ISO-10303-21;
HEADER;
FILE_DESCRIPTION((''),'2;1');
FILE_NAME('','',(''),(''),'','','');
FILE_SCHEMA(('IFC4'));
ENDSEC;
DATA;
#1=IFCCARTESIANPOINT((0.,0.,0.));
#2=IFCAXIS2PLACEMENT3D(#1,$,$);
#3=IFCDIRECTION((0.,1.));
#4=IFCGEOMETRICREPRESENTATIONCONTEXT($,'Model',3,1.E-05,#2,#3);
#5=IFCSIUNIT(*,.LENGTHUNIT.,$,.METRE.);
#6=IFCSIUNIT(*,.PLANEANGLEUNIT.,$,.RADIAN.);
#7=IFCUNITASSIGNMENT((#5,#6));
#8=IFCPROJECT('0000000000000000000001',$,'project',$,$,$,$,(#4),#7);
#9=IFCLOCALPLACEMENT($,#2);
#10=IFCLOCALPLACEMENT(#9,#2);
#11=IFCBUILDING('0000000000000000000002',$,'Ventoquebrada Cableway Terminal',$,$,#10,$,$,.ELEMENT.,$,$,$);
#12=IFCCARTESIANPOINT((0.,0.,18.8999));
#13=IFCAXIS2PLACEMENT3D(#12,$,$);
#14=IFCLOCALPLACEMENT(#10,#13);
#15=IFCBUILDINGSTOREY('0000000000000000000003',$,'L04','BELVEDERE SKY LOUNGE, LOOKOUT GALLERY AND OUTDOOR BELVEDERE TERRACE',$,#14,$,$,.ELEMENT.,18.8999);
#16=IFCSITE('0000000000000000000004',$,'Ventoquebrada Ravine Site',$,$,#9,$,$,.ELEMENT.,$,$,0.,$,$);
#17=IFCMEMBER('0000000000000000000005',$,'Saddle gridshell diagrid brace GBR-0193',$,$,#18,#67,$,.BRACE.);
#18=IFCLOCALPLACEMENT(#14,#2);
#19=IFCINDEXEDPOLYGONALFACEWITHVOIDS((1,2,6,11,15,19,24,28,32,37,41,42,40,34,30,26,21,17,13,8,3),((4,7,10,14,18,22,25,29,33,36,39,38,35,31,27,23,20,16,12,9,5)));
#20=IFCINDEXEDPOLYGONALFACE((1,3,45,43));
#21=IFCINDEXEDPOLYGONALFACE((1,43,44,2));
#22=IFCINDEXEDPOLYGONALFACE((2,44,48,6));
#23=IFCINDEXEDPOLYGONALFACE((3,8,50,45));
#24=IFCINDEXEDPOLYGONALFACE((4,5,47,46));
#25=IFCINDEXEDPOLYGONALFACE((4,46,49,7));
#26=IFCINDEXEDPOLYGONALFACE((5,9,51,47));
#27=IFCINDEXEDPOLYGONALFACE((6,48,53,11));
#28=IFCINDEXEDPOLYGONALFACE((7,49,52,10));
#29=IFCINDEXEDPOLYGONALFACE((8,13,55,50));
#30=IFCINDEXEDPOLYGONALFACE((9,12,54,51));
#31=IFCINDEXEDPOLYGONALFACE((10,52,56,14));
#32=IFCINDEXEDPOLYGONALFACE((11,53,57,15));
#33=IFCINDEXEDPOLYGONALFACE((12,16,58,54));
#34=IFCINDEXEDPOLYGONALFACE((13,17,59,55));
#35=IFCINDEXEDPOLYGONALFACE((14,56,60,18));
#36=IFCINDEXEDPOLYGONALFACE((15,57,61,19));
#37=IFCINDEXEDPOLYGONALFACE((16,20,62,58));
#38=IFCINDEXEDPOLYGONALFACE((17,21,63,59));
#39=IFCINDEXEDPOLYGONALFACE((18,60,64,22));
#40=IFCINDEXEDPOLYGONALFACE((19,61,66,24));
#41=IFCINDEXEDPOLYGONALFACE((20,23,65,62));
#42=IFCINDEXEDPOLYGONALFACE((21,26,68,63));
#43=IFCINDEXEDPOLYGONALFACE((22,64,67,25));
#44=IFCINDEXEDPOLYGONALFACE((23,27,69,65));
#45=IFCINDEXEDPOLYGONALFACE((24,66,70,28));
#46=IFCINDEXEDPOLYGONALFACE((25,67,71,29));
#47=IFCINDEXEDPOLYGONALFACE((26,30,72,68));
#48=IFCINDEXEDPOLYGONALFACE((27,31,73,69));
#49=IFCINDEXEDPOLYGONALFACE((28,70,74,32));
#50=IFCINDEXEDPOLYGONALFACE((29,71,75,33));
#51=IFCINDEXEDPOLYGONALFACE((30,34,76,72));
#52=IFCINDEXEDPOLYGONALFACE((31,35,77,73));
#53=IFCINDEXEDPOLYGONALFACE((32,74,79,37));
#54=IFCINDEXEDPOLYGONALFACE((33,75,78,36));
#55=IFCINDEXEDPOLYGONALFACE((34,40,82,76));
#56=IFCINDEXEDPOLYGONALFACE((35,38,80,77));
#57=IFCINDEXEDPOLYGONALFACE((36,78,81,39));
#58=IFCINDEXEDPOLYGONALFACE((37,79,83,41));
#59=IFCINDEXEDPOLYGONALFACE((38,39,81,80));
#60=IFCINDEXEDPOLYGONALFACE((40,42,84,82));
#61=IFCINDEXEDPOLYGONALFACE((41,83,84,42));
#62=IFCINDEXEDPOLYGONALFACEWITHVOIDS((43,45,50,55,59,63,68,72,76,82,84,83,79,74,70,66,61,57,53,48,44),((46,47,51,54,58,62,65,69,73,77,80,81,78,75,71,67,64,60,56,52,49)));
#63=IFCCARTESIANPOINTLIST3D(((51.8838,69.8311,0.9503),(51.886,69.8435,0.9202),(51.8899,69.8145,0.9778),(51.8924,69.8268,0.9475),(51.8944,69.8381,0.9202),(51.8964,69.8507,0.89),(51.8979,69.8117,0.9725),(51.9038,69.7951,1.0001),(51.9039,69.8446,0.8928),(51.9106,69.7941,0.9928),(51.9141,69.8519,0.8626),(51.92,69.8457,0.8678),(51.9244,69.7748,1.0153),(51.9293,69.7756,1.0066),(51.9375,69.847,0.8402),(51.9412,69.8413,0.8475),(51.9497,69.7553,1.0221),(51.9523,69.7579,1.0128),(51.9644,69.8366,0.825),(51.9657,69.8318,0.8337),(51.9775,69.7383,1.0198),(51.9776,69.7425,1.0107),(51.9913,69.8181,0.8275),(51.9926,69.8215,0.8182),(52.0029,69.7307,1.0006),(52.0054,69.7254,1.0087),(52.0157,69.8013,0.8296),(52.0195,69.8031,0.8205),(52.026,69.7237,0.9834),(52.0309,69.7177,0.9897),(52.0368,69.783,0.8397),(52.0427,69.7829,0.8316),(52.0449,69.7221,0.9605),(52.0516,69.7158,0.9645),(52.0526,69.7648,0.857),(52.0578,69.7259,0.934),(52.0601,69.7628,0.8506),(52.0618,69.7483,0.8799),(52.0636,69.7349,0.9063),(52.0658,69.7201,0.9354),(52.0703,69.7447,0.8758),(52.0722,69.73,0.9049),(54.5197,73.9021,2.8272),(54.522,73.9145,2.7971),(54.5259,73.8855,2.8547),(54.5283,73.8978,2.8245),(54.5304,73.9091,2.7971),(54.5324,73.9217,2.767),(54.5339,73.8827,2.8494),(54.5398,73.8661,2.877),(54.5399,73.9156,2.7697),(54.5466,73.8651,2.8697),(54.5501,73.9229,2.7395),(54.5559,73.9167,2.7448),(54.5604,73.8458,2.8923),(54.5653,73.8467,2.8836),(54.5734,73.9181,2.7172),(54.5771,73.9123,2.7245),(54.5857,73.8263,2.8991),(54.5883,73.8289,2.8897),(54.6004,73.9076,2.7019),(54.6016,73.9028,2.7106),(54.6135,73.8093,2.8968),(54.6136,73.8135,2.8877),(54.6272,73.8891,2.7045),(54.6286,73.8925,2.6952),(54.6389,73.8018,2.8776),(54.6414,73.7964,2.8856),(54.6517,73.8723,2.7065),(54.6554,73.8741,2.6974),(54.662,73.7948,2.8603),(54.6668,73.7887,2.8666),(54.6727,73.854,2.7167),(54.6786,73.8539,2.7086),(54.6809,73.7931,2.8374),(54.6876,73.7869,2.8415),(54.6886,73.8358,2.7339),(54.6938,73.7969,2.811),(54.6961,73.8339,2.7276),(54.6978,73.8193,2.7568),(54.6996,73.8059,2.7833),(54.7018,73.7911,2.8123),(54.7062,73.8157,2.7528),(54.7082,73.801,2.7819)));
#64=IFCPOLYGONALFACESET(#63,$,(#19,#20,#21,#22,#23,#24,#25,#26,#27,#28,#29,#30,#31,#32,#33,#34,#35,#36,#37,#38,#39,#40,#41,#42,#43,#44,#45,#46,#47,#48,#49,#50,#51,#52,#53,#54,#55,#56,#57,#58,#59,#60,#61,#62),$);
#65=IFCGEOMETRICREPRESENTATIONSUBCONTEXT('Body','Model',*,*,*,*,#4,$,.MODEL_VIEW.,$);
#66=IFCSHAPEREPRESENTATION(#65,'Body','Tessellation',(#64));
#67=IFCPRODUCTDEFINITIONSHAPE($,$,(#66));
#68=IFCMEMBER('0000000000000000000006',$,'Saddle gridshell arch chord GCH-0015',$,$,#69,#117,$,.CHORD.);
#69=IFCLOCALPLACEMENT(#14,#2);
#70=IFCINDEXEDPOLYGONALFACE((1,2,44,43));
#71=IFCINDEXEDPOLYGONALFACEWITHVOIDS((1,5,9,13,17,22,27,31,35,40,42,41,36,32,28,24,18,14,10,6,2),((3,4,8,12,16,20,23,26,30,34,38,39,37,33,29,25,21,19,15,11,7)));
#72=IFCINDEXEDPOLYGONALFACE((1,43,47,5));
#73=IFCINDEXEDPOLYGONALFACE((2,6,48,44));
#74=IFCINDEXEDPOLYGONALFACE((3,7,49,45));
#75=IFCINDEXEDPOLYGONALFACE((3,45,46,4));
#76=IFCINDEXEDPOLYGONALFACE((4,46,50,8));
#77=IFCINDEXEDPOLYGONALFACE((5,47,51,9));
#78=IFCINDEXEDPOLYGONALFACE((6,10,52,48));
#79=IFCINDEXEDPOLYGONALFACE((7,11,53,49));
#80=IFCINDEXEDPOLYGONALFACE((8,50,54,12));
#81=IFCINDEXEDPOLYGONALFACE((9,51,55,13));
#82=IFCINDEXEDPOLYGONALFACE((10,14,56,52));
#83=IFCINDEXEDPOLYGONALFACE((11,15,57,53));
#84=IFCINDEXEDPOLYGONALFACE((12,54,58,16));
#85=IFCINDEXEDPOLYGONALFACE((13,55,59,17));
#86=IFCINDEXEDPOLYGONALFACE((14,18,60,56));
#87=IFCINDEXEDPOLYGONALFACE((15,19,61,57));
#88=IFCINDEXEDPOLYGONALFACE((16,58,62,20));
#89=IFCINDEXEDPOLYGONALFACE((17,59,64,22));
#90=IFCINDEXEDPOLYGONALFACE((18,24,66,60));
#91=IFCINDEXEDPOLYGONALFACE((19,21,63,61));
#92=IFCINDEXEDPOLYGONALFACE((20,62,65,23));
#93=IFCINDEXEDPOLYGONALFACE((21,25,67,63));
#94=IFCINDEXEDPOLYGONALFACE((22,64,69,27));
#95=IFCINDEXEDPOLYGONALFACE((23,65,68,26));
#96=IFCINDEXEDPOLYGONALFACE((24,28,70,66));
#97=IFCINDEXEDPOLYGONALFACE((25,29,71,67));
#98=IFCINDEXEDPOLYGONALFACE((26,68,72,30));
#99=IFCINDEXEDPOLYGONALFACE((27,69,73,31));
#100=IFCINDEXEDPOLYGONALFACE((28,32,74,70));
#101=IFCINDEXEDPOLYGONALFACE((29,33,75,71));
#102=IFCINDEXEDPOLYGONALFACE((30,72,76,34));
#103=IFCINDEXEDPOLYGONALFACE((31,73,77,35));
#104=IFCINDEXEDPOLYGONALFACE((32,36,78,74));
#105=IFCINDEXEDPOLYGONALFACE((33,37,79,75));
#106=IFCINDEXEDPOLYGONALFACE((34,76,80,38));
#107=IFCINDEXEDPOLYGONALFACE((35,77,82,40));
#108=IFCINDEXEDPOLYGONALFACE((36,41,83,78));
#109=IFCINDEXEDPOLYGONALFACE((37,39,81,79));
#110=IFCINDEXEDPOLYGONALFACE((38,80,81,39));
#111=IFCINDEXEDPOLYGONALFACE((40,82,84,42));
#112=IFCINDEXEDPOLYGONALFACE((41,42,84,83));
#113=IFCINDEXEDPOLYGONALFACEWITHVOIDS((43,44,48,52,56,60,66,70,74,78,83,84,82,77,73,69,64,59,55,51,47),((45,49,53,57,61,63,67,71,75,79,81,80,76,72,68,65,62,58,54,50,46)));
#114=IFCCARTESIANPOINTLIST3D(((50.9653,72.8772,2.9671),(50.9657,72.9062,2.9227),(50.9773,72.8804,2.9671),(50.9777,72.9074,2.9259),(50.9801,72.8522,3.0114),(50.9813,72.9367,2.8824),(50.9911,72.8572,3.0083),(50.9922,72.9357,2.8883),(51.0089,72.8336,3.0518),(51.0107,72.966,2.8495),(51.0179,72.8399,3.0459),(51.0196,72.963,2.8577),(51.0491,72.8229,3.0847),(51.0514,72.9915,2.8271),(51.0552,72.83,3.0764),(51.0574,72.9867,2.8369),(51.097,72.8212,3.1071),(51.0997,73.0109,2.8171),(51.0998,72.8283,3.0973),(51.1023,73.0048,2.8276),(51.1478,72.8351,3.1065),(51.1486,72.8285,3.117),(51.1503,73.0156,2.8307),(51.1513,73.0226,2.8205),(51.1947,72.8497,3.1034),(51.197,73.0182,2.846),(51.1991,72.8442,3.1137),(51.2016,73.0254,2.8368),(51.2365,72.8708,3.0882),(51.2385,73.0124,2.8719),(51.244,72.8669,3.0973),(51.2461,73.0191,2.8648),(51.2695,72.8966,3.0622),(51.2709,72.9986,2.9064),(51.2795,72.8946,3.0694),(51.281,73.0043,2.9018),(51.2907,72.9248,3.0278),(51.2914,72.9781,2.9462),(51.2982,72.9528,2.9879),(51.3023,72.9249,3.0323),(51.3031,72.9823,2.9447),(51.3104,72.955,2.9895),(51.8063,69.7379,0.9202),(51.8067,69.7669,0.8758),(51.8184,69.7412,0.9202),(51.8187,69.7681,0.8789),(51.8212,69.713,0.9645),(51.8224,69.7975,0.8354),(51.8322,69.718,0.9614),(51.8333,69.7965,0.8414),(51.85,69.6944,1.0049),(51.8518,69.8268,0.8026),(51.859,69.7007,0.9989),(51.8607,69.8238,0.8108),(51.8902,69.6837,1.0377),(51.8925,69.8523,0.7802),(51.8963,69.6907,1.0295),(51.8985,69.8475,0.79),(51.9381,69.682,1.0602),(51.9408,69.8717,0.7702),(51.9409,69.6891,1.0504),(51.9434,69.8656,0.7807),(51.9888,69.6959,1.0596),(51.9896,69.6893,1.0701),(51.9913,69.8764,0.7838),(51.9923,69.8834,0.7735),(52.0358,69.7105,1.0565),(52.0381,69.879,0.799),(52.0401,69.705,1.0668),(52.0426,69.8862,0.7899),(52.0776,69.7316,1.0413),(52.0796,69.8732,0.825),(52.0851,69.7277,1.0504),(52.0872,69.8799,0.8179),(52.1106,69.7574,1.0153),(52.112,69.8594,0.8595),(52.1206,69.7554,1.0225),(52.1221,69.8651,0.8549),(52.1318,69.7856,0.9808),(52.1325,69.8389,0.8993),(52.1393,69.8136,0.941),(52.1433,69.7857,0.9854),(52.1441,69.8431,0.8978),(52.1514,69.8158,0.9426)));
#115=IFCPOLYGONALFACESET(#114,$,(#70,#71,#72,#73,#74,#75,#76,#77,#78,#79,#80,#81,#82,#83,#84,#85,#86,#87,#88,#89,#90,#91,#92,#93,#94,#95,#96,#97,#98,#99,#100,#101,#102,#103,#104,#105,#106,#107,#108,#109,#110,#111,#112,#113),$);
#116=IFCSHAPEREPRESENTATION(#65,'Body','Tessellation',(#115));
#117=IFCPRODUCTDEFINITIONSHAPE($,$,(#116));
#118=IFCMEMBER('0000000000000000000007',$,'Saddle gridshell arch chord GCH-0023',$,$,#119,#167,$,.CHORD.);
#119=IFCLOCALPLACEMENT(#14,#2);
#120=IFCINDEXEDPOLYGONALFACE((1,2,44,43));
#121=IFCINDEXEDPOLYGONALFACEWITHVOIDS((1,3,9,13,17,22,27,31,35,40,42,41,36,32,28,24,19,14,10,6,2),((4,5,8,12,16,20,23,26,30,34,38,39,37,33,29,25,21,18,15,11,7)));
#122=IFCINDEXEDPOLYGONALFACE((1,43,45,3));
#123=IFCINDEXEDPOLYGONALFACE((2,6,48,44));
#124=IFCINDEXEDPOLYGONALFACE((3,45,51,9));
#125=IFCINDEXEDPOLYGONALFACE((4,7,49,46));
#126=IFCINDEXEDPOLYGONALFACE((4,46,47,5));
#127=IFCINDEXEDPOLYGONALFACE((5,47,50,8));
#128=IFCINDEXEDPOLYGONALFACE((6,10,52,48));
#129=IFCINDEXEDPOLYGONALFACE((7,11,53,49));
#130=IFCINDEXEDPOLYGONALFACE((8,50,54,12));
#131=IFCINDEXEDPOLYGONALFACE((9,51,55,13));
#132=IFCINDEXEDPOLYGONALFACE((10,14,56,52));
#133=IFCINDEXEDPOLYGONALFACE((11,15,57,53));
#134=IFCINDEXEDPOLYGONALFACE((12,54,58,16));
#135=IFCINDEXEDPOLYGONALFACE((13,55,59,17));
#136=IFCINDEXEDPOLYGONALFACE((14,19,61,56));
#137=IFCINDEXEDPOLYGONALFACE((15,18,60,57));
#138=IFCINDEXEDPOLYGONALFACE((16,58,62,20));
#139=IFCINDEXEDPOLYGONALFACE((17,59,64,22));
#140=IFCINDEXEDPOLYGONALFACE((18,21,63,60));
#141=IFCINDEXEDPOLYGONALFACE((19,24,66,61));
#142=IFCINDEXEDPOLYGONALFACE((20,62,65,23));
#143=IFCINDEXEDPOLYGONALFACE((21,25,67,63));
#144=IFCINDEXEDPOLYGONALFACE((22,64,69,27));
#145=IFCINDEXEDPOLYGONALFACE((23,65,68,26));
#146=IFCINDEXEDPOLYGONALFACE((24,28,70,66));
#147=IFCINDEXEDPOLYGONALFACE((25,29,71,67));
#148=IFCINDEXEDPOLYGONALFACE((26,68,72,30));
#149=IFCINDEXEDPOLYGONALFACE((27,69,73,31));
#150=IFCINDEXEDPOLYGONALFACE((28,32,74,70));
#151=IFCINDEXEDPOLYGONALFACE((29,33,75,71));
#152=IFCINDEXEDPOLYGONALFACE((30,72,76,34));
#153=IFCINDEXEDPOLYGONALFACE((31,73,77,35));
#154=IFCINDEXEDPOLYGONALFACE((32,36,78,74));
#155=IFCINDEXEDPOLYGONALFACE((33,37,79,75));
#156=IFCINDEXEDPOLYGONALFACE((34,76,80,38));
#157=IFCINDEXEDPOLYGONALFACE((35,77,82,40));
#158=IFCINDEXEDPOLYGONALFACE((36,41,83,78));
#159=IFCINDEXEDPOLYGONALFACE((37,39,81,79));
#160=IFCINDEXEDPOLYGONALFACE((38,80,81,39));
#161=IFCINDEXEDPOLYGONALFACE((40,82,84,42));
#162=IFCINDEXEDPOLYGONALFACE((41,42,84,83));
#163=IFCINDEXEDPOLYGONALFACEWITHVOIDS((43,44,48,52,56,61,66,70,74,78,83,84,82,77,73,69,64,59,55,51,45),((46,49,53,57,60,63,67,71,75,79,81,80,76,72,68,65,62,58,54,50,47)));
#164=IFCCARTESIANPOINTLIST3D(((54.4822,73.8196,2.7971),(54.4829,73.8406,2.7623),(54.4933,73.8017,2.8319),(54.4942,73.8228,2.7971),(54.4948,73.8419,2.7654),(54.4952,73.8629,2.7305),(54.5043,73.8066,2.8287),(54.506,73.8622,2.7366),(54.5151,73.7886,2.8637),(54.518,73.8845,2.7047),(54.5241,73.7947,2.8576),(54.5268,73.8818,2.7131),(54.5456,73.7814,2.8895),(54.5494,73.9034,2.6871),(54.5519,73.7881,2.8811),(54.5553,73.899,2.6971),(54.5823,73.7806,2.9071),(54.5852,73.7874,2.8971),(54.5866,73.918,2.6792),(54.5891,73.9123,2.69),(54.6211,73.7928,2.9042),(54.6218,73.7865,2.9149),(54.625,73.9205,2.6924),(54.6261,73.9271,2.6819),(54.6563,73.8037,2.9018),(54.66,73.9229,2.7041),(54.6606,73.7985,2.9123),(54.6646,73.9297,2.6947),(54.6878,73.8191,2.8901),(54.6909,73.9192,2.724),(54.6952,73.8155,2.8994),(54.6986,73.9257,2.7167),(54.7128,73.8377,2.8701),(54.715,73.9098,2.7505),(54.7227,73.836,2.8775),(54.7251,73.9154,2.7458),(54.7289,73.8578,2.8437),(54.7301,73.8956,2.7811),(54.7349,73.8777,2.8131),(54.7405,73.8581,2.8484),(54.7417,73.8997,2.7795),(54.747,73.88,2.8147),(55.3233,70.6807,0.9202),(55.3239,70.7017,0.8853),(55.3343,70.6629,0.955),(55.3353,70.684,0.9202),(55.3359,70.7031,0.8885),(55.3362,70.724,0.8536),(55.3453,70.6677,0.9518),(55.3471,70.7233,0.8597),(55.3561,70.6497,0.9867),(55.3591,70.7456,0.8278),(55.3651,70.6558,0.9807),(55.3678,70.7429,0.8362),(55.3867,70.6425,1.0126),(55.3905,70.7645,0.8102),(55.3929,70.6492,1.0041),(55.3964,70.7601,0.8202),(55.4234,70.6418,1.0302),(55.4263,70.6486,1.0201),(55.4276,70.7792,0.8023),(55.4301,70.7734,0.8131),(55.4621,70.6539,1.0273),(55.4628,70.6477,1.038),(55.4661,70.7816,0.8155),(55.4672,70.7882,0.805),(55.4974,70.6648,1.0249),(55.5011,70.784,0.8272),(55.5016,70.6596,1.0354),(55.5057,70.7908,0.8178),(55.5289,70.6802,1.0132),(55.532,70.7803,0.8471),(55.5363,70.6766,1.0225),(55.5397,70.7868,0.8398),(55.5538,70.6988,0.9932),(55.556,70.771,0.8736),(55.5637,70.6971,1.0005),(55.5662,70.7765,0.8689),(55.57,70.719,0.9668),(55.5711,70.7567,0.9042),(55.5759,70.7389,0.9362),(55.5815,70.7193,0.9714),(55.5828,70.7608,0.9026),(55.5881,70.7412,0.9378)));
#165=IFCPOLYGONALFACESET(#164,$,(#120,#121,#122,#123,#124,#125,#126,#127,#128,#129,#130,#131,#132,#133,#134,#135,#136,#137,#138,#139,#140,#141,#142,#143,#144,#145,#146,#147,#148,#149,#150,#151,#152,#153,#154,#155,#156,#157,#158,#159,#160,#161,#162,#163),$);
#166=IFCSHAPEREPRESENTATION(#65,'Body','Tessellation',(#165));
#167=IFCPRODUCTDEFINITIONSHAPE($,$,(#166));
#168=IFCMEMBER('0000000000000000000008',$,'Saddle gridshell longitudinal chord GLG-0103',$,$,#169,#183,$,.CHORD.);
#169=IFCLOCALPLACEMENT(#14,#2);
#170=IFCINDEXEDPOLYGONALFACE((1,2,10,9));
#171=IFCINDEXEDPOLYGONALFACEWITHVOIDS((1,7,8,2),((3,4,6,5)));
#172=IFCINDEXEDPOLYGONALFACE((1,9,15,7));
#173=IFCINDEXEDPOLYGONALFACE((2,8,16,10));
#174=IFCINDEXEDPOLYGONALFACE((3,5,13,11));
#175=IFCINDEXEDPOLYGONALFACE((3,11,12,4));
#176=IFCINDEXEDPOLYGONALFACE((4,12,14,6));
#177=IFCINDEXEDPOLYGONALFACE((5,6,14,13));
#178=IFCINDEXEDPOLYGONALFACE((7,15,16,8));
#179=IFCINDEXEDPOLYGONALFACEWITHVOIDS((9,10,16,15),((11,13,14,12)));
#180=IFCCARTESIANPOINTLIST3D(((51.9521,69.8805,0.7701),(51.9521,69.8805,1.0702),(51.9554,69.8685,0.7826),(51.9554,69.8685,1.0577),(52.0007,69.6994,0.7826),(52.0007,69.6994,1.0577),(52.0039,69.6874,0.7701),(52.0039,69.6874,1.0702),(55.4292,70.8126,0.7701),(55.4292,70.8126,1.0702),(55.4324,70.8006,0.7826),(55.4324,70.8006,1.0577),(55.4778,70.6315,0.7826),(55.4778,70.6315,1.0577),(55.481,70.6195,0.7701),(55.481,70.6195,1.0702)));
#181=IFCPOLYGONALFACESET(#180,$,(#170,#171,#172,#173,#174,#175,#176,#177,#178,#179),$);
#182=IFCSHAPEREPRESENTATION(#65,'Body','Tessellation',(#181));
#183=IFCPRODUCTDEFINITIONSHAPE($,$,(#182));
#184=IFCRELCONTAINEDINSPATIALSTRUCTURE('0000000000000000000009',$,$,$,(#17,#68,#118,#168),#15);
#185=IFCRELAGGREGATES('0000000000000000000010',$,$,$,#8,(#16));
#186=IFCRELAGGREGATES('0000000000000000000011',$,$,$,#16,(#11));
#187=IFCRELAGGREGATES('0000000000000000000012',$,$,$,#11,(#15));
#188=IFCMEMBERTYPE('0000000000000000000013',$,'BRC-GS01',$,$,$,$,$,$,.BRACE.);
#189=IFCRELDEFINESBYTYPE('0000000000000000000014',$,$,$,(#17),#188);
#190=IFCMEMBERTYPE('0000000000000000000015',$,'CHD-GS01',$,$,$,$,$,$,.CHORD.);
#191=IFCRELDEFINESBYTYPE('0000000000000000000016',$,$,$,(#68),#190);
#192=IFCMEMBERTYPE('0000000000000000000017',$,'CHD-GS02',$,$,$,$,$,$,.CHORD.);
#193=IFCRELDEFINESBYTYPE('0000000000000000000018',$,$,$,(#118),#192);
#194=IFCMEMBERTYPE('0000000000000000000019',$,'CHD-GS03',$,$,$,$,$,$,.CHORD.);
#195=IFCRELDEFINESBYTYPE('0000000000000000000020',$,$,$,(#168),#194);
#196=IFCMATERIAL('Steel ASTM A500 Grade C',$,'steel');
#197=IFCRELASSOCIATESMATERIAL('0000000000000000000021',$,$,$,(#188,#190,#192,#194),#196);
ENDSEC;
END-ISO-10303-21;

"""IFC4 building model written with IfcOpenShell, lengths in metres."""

from ifc_helpers import new_model, si_unit, direction, frame, origin, origin_2d, place, context, subcontext, project, spatial, hollow_rectangle, hollow_circle, extrude, material, material_profile, profile_set, type_object, element, save


model = new_model("IFC4")

# Units and contexts
model_context = context("Model", 3, precision=1e-05, world=origin(), true_north=direction((0.0, 1.0)))
body_context = subcontext(model_context, "Body", "Model", "MODEL_VIEW")
ifc_project = project(units=[si_unit("LENGTHUNIT", "METRE"), si_unit("PLANEANGLEUNIT", "RADIAN")], contexts=[model_context])

# Site, building, storey
site_placement = place(None, origin())
site = spatial("IfcSite", under=ifc_project, at=site_placement, Name="Ventoquebrada Ravine Site", CompositionType="ELEMENT", RefElevation=0.0)
building_placement = place(site_placement, origin())
building = spatial("IfcBuilding", under=site, at=building_placement, Name="Ventoquebrada Cableway Terminal", CompositionType="ELEMENT")
storey_placement = place(building_placement, frame((0.0, 0.0, 18.8999)))
storey = spatial("IfcBuildingStorey", under=building, at=storey_placement, Name="L04", Description="BELVEDERE SKY LOUNGE, LOOKOUT GALLERY AND OUTDOOR BELVEDERE TERRACE", CompositionType="ELEMENT", Elevation=18.8999)

# Members
ifc_material_1 = material(Name="Steel ASTM A500 Grade C", Category="steel")
ifc_material_profile_1 = material_profile(ifc_material_1, hollow_circle(Radius=0.1096, WallThickness=0.01, at=origin_2d()), Name="CHS219.1X10")
ifc_profile_set_1 = profile_set([ifc_material_profile_1], Name="Steel ASTM A500 Grade C")
member_type_1 = type_object("IfcMemberType", Name="BRC-GS01", PredefinedType="BRACE", material=ifc_profile_set_1)
member_1_placement = place(storey_placement, frame((51.978, 69.7839, 0.9202), z_axis=(0.506876, 0.782824, 0.360921), x_axis=(-0.839403, 0.54351, 0.0)))
element("IfcMember", 1, at=member_1_placement, inside=storey, type_object=member_type_1, Name="Saddle gridshell diagrid brace GBR-0193", PredefinedType="BRACE", context=body_context, shape_type="SweptSolid", body=[
    extrude(hollow_circle(Radius=0.1096, WallThickness=0.01, at=origin_2d()), origin(), (0.0, 0.0, 1.0), 5.2004),
])
ifc_material_profile_2 = material_profile(ifc_material_1, hollow_circle(Radius=0.1777, WallThickness=0.0125, at=origin_2d()), Name="CHS355.6X12.5")
ifc_profile_set_2 = profile_set([ifc_material_profile_2], Name="Steel ASTM A500 Grade C")
member_type_2 = type_object("IfcMemberType", Name="CHD-GS01", PredefinedType="CHORD", material=ifc_profile_set_2)
member_2_placement = place(storey_placement, frame((51.978, 69.7839, 0.9202), z_axis=(-0.218984, 0.817329, 0.532935), x_axis=(-0.965931, -0.258799, 0.0)))
element("IfcMember", 2, at=member_2_placement, inside=storey, type_object=member_type_2, Name="Saddle gridshell arch chord GCH-0015", PredefinedType="CHORD", context=body_context, shape_type="SweptSolid", body=[
    extrude(hollow_circle(Radius=0.1777, WallThickness=0.0125, at=origin_2d()), origin(), (0.0, 0.0, 1.0), 3.8408),
])
ifc_material_profile_3 = material_profile(ifc_material_1, hollow_circle(Radius=0.1365, WallThickness=0.0125, at=origin_2d()), Name="CHS273.0X12.5")
ifc_profile_set_3 = profile_set([ifc_material_profile_3], Name="Steel ASTM A500 Grade C")
member_type_3 = type_object("IfcMemberType", Name="CHD-GS02", PredefinedType="CHORD", material=ifc_profile_set_3)
member_3_placement = place(storey_placement, frame((55.4551, 70.7161, 0.9202), z_axis=(-0.224119, 0.836431, 0.500154), x_axis=(-0.965926, -0.258817, 0.0)))
element("IfcMember", 3, at=member_3_placement, inside=storey, type_object=member_type_3, Name="Saddle gridshell arch chord GCH-0023", PredefinedType="CHORD", context=body_context, shape_type="SweptSolid", body=[
    extrude(hollow_circle(Radius=0.1365, WallThickness=0.0125, at=origin_2d()), origin(), (0.0, 0.0, 1.0), 3.7527),
])
ifc_material_profile_4 = material_profile(ifc_material_1, hollow_rectangle(XDim=0.2, YDim=0.3, WallThickness=0.0125, at=origin_2d()), Name="RHS300X200X12.5")
ifc_profile_set_4 = profile_set([ifc_material_profile_4], Name="Steel ASTM A500 Grade C")
member_type_4 = type_object("IfcMemberType", Name="CHD-GS03", PredefinedType="CHORD", material=ifc_profile_set_4)
member_4_placement = place(storey_placement, frame((51.978, 69.7839, 0.9202), z_axis=(0.965894, 0.258937, 0.0), x_axis=(-0.258937, 0.965894, 0.0)))
element("IfcMember", 4, at=member_4_placement, inside=storey, type_object=member_type_4, Name="Saddle gridshell longitudinal chord GLG-0103", PredefinedType="CHORD", context=body_context, shape_type="SweptSolid", body=[
    extrude(hollow_rectangle(XDim=0.2, YDim=0.3, WallThickness=0.0125, at=origin_2d()), origin(), (0.0, 0.0, 1.0), 3.5999),
])

save(model, "model.ifc")
